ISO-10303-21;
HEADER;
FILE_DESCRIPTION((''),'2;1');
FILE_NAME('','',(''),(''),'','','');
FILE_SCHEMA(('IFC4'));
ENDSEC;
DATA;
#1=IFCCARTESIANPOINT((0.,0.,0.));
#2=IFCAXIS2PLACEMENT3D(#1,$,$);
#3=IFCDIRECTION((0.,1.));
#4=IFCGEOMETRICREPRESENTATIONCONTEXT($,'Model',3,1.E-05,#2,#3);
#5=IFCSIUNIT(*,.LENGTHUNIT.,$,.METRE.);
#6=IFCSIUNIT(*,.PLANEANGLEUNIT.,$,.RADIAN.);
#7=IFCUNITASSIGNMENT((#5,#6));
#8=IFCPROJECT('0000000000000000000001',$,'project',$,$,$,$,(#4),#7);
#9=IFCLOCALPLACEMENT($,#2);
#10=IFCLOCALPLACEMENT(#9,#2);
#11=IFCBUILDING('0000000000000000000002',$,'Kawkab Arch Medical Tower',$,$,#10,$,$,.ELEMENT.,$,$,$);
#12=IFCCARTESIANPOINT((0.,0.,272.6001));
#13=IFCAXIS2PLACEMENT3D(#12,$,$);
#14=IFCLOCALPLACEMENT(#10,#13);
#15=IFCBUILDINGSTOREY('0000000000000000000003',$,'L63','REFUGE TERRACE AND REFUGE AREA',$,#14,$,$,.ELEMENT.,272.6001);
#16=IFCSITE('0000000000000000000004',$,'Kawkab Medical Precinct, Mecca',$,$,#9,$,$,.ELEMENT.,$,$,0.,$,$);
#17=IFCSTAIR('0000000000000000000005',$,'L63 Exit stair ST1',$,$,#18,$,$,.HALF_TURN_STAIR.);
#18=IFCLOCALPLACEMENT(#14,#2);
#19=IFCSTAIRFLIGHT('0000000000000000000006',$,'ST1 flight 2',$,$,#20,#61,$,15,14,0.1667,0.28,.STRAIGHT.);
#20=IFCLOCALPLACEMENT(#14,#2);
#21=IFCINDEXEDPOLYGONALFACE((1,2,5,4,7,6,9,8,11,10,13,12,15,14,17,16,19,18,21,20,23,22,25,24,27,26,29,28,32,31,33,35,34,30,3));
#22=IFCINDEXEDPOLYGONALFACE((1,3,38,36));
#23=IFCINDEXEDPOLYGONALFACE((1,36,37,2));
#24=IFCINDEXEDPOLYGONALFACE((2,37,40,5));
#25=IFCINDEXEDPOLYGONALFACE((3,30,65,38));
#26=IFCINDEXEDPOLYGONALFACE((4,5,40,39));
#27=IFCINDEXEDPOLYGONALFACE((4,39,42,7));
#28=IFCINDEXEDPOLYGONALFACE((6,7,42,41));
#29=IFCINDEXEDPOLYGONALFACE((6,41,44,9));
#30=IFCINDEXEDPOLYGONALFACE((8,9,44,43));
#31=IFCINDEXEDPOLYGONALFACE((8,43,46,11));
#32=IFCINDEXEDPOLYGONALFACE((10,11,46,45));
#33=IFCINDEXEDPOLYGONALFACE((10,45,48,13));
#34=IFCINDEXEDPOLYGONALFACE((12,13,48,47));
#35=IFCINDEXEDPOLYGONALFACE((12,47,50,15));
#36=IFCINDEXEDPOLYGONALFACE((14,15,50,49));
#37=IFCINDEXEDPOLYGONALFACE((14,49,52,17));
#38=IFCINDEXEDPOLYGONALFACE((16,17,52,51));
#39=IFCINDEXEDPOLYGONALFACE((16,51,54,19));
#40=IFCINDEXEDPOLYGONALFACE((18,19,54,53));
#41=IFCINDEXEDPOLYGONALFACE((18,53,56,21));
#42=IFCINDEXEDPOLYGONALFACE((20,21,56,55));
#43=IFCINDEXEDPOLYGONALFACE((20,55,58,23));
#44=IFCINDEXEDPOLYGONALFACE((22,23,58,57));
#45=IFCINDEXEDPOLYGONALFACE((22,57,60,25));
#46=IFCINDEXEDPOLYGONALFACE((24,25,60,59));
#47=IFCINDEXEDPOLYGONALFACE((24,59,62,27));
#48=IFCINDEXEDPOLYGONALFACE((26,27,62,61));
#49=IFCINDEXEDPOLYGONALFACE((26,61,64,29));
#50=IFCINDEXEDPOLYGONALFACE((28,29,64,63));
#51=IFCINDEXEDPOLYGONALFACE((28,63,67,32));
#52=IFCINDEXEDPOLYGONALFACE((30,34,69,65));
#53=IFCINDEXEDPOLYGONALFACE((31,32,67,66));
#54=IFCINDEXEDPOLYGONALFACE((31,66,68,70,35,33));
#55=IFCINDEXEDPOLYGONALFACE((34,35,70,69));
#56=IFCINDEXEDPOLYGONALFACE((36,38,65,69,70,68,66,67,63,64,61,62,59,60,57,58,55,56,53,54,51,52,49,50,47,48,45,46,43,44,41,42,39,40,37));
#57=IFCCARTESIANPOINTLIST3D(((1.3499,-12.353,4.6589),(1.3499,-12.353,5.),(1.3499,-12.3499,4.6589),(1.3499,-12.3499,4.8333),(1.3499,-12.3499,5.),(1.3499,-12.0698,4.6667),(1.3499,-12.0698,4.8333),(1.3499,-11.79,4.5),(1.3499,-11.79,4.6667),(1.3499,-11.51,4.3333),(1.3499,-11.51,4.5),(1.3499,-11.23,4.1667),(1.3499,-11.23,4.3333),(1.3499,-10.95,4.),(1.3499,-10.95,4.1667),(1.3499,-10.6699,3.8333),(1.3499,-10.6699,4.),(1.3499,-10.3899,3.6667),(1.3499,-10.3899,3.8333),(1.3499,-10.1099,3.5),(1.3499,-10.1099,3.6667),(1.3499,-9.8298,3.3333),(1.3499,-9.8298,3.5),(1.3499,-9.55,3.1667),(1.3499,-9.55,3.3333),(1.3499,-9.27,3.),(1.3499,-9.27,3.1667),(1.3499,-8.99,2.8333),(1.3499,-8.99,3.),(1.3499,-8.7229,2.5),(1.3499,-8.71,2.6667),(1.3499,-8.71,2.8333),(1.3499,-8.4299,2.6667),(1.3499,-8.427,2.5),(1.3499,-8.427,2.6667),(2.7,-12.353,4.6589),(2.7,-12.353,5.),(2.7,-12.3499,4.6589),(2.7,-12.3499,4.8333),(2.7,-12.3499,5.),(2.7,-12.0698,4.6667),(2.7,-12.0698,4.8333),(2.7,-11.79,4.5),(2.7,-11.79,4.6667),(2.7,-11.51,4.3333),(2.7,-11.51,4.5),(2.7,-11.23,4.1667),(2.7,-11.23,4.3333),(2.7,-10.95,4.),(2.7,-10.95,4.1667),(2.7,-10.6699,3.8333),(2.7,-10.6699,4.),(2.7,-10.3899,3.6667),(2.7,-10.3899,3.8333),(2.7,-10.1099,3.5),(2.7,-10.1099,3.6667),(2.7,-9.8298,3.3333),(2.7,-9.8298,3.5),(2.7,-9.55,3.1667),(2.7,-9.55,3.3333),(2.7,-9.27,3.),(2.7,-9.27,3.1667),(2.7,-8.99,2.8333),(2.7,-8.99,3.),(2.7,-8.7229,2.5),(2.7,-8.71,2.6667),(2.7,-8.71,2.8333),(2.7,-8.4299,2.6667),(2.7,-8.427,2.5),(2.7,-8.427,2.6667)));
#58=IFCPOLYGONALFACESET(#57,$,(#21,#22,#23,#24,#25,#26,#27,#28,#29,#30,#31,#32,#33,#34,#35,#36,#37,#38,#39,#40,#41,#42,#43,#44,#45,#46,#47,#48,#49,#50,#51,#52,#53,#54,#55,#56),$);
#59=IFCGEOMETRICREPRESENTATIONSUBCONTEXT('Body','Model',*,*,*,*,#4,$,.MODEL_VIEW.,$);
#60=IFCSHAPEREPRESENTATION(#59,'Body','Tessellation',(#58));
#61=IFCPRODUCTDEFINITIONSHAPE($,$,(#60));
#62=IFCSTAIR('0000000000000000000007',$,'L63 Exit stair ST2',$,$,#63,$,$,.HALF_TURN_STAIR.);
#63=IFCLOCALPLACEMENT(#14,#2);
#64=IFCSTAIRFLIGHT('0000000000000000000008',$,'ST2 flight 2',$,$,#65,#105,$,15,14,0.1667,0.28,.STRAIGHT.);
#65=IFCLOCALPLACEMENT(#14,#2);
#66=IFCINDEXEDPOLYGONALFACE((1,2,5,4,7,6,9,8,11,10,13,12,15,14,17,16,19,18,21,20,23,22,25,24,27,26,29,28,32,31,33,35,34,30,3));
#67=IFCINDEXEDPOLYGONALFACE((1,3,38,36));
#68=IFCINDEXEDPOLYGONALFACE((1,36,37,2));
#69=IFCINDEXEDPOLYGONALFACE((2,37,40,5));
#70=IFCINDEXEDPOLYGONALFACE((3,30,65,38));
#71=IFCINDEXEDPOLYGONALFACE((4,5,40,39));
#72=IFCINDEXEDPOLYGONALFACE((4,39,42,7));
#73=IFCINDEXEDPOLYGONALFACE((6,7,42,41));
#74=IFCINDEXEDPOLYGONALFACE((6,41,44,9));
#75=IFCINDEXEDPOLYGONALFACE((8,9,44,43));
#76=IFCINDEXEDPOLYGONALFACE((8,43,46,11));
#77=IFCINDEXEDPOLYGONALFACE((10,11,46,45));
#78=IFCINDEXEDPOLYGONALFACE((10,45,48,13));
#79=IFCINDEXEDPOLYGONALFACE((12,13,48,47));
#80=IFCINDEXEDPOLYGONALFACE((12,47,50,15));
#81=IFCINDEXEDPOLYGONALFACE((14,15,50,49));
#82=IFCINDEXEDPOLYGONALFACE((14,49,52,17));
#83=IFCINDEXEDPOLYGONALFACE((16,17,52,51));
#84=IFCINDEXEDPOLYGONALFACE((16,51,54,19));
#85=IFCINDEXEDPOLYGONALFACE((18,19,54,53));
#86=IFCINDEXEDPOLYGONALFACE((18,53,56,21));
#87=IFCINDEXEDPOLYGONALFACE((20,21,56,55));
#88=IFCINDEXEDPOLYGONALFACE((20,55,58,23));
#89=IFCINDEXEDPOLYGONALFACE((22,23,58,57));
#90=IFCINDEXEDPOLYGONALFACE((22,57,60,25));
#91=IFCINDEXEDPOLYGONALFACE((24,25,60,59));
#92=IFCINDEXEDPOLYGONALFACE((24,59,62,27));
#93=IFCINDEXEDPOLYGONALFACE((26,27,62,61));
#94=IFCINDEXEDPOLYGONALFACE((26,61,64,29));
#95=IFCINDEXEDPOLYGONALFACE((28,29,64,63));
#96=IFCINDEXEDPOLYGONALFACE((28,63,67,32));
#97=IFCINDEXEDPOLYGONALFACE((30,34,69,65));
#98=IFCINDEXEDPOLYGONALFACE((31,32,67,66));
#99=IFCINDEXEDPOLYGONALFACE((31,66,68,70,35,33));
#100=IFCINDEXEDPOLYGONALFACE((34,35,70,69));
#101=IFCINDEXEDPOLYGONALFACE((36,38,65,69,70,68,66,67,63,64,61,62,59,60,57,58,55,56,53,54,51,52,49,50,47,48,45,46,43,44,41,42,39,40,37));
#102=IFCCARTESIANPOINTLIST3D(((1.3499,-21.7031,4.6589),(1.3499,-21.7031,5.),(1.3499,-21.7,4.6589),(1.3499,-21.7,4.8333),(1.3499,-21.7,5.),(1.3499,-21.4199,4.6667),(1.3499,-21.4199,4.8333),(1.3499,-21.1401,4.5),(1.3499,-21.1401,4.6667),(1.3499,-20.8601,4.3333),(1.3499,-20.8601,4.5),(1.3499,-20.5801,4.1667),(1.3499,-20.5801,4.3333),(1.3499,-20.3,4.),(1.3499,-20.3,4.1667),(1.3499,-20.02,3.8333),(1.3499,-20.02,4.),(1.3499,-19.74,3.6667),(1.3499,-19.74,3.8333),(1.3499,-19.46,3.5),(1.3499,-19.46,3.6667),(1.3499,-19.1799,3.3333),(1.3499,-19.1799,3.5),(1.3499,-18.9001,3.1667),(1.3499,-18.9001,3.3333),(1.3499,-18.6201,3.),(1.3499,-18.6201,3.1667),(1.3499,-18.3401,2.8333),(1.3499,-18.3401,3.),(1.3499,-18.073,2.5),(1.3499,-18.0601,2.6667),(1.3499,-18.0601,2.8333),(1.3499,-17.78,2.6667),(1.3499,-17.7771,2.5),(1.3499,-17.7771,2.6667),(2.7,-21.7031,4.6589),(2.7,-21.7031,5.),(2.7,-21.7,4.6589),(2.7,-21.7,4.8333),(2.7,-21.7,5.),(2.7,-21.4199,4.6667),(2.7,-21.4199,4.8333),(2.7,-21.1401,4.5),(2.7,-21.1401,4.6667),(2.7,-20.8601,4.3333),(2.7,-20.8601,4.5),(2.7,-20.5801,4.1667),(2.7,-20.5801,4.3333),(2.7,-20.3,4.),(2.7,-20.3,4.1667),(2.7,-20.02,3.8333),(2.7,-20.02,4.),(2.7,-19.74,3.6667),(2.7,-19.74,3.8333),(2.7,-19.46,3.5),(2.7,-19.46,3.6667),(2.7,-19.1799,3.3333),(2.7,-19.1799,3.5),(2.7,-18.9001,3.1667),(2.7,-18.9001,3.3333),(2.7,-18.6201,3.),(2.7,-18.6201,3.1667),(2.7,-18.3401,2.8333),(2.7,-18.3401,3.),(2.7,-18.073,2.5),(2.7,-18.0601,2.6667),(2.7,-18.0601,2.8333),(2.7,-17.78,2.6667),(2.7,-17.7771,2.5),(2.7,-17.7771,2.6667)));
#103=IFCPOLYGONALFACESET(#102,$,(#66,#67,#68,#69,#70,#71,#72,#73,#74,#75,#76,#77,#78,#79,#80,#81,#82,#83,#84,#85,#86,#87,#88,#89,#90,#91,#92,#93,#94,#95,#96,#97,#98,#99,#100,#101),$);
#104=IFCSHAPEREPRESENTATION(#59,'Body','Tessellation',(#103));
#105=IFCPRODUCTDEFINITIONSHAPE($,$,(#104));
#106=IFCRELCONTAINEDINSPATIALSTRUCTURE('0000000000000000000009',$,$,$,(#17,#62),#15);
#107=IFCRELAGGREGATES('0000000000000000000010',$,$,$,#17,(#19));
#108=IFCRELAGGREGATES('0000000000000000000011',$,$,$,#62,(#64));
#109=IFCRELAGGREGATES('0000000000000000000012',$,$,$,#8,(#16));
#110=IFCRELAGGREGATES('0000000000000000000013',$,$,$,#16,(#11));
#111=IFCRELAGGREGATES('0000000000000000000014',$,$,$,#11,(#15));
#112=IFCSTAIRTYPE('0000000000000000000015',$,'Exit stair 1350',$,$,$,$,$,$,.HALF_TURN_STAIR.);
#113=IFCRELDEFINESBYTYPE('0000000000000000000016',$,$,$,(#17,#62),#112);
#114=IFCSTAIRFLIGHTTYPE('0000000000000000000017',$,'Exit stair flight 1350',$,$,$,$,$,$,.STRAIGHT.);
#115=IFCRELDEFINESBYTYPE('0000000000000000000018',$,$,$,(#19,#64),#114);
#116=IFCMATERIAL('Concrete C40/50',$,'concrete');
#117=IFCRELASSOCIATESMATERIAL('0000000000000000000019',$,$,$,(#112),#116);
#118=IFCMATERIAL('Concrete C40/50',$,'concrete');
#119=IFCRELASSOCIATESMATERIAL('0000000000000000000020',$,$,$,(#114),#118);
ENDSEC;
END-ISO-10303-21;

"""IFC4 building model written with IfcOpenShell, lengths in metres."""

from ifc_helpers import new_model, si_unit, direction, frame, origin, place, context, subcontext, project, spatial, polyline, outline, extrude, material, type_object, element, aggregate, save


model = new_model("IFC4")

# Units and contexts
model_context = context("Model", 3, precision=1e-05, world=origin(), true_north=direction((0.0, 1.0)))
body_context = subcontext(model_context, "Body", "Model", "MODEL_VIEW")
ifc_project = project(units=[si_unit("LENGTHUNIT", "METRE"), si_unit("PLANEANGLEUNIT", "RADIAN")], contexts=[model_context])

# Site, building, storey
site_placement = place(None, origin())
site = spatial("IfcSite", under=ifc_project, at=site_placement, Name="Kawkab Medical Precinct, Mecca", CompositionType="ELEMENT", RefElevation=0.0)
building_placement = place(site_placement, origin())
building = spatial("IfcBuilding", under=site, at=building_placement, Name="Kawkab Arch Medical Tower", CompositionType="ELEMENT")
storey_placement = place(building_placement, frame((0.0, 0.0, 272.6001)))
storey = spatial("IfcBuildingStorey", under=building, at=storey_placement, Name="L63", Description="REFUGE TERRACE AND REFUGE AREA", CompositionType="ELEMENT", Elevation=272.6001)

# Stair, stair flight
ifc_material_1 = material(Name="Concrete C40/50", Category="concrete")
stair_type = type_object("IfcStairType", Name="Exit stair 1350", PredefinedType="HALF_TURN_STAIR", material=ifc_material_1)
placement = place(storey_placement, origin())
stair_1 = element("IfcStair", 1, at=placement, inside=storey, type_object=stair_type, Name="L63 Exit stair ST1", PredefinedType="HALF_TURN_STAIR")
ifc_material_2 = material(Name="Concrete C40/50", Category="concrete")
stair_flight_type = type_object("IfcStairFlightType", Name="Exit stair flight 1350", PredefinedType="STRAIGHT", material=ifc_material_2)
stair_flight_1_placement = place(storey_placement, frame((2.0249, -8.4299, 2.5), z_axis=(0.0, 0.0, 1.0), x_axis=(0.0, -1.0, 0.0)))
stair_flight_1 = element("IfcStairFlight", 2, at=stair_flight_1_placement, type_object=stair_flight_type, Name="ST1 flight 2", NumberOfRisers=15, NumberOfTreads=14, PredefinedType="STRAIGHT", RiserHeight=0.1667, TreadLength=0.28, context=body_context, shape_type="SweptSolid", body=[
    extrude(outline(polyline([(-0.0029, 0.0), (-0.0029, 0.1667), (0.0, 0.1667), (0.28, 0.1667), (0.28, 0.3333), (0.5601, 0.3333), (0.5601, 0.5), (0.8401, 0.5), (0.8401, 0.6667), (1.1201, 0.6667), (1.1201, 0.8333), (1.3999, 0.8333), (1.3999, 1.0), (1.6799, 1.0), (1.6799, 1.1667), (1.96, 1.1667), (1.96, 1.3333), (2.24, 1.3333), (2.24, 1.5), (2.52, 1.5), (2.52, 1.6667), (2.8, 1.6667), (2.8, 1.8333), (3.0801, 1.8333), (3.0801, 2.0), (3.3601, 2.0), (3.3601, 2.1667), (3.6399, 2.1667), (3.6399, 2.3333), (3.9199, 2.3333), (3.9199, 2.5), (3.9231, 2.5), (3.9231, 2.1589), (3.9199, 2.1589), (0.293, 0.0), (-0.0029, 0.0)])), frame((0.0, 0.675, 0.0), z_axis=(0.0, -1.0, 0.0), x_axis=(1.0, 0.0, 0.0)), (0.0, 0.0, 1.0), 1.3501),
])
aggregate(stair_1, [stair_flight_1])

# Stair, stair flight
stair_2 = element("IfcStair", 3, at=placement, inside=storey, type_object=stair_type, Name="L63 Exit stair ST2", PredefinedType="HALF_TURN_STAIR")
stair_flight_2_placement = place(storey_placement, frame((2.0249, -17.78, 2.5), z_axis=(0.0, 0.0, 1.0), x_axis=(0.0, -1.0, 0.0)))
stair_flight_2 = element("IfcStairFlight", 4, at=stair_flight_2_placement, type_object=stair_flight_type, Name="ST2 flight 2", NumberOfRisers=15, NumberOfTreads=14, PredefinedType="STRAIGHT", RiserHeight=0.1667, TreadLength=0.28, context=body_context, shape_type="SweptSolid", body=[
    extrude(outline(polyline([(-0.0029, 0.0), (-0.0029, 0.1667), (0.0, 0.1667), (0.28, 0.1667), (0.28, 0.3333), (0.5601, 0.3333), (0.5601, 0.5), (0.8401, 0.5), (0.8401, 0.6667), (1.1201, 0.6667), (1.1201, 0.8333), (1.3999, 0.8333), (1.3999, 1.0), (1.6799, 1.0), (1.6799, 1.1667), (1.96, 1.1667), (1.96, 1.3333), (2.24, 1.3333), (2.24, 1.5), (2.52, 1.5), (2.52, 1.6667), (2.8, 1.6667), (2.8, 1.8333), (3.0801, 1.8333), (3.0801, 2.0), (3.3601, 2.0), (3.3601, 2.1667), (3.6399, 2.1667), (3.6399, 2.3333), (3.9199, 2.3333), (3.9199, 2.5), (3.9231, 2.5), (3.9231, 2.1589), (3.9199, 2.1589), (0.293, 0.0), (-0.0029, 0.0)])), frame((0.0, 0.675, 0.0), z_axis=(0.0, -1.0, 0.0), x_axis=(1.0, 0.0, 0.0)), (0.0, 0.0, 1.0), 1.3501),
])
aggregate(stair_2, [stair_flight_2])

save(model, "model.ifc")
